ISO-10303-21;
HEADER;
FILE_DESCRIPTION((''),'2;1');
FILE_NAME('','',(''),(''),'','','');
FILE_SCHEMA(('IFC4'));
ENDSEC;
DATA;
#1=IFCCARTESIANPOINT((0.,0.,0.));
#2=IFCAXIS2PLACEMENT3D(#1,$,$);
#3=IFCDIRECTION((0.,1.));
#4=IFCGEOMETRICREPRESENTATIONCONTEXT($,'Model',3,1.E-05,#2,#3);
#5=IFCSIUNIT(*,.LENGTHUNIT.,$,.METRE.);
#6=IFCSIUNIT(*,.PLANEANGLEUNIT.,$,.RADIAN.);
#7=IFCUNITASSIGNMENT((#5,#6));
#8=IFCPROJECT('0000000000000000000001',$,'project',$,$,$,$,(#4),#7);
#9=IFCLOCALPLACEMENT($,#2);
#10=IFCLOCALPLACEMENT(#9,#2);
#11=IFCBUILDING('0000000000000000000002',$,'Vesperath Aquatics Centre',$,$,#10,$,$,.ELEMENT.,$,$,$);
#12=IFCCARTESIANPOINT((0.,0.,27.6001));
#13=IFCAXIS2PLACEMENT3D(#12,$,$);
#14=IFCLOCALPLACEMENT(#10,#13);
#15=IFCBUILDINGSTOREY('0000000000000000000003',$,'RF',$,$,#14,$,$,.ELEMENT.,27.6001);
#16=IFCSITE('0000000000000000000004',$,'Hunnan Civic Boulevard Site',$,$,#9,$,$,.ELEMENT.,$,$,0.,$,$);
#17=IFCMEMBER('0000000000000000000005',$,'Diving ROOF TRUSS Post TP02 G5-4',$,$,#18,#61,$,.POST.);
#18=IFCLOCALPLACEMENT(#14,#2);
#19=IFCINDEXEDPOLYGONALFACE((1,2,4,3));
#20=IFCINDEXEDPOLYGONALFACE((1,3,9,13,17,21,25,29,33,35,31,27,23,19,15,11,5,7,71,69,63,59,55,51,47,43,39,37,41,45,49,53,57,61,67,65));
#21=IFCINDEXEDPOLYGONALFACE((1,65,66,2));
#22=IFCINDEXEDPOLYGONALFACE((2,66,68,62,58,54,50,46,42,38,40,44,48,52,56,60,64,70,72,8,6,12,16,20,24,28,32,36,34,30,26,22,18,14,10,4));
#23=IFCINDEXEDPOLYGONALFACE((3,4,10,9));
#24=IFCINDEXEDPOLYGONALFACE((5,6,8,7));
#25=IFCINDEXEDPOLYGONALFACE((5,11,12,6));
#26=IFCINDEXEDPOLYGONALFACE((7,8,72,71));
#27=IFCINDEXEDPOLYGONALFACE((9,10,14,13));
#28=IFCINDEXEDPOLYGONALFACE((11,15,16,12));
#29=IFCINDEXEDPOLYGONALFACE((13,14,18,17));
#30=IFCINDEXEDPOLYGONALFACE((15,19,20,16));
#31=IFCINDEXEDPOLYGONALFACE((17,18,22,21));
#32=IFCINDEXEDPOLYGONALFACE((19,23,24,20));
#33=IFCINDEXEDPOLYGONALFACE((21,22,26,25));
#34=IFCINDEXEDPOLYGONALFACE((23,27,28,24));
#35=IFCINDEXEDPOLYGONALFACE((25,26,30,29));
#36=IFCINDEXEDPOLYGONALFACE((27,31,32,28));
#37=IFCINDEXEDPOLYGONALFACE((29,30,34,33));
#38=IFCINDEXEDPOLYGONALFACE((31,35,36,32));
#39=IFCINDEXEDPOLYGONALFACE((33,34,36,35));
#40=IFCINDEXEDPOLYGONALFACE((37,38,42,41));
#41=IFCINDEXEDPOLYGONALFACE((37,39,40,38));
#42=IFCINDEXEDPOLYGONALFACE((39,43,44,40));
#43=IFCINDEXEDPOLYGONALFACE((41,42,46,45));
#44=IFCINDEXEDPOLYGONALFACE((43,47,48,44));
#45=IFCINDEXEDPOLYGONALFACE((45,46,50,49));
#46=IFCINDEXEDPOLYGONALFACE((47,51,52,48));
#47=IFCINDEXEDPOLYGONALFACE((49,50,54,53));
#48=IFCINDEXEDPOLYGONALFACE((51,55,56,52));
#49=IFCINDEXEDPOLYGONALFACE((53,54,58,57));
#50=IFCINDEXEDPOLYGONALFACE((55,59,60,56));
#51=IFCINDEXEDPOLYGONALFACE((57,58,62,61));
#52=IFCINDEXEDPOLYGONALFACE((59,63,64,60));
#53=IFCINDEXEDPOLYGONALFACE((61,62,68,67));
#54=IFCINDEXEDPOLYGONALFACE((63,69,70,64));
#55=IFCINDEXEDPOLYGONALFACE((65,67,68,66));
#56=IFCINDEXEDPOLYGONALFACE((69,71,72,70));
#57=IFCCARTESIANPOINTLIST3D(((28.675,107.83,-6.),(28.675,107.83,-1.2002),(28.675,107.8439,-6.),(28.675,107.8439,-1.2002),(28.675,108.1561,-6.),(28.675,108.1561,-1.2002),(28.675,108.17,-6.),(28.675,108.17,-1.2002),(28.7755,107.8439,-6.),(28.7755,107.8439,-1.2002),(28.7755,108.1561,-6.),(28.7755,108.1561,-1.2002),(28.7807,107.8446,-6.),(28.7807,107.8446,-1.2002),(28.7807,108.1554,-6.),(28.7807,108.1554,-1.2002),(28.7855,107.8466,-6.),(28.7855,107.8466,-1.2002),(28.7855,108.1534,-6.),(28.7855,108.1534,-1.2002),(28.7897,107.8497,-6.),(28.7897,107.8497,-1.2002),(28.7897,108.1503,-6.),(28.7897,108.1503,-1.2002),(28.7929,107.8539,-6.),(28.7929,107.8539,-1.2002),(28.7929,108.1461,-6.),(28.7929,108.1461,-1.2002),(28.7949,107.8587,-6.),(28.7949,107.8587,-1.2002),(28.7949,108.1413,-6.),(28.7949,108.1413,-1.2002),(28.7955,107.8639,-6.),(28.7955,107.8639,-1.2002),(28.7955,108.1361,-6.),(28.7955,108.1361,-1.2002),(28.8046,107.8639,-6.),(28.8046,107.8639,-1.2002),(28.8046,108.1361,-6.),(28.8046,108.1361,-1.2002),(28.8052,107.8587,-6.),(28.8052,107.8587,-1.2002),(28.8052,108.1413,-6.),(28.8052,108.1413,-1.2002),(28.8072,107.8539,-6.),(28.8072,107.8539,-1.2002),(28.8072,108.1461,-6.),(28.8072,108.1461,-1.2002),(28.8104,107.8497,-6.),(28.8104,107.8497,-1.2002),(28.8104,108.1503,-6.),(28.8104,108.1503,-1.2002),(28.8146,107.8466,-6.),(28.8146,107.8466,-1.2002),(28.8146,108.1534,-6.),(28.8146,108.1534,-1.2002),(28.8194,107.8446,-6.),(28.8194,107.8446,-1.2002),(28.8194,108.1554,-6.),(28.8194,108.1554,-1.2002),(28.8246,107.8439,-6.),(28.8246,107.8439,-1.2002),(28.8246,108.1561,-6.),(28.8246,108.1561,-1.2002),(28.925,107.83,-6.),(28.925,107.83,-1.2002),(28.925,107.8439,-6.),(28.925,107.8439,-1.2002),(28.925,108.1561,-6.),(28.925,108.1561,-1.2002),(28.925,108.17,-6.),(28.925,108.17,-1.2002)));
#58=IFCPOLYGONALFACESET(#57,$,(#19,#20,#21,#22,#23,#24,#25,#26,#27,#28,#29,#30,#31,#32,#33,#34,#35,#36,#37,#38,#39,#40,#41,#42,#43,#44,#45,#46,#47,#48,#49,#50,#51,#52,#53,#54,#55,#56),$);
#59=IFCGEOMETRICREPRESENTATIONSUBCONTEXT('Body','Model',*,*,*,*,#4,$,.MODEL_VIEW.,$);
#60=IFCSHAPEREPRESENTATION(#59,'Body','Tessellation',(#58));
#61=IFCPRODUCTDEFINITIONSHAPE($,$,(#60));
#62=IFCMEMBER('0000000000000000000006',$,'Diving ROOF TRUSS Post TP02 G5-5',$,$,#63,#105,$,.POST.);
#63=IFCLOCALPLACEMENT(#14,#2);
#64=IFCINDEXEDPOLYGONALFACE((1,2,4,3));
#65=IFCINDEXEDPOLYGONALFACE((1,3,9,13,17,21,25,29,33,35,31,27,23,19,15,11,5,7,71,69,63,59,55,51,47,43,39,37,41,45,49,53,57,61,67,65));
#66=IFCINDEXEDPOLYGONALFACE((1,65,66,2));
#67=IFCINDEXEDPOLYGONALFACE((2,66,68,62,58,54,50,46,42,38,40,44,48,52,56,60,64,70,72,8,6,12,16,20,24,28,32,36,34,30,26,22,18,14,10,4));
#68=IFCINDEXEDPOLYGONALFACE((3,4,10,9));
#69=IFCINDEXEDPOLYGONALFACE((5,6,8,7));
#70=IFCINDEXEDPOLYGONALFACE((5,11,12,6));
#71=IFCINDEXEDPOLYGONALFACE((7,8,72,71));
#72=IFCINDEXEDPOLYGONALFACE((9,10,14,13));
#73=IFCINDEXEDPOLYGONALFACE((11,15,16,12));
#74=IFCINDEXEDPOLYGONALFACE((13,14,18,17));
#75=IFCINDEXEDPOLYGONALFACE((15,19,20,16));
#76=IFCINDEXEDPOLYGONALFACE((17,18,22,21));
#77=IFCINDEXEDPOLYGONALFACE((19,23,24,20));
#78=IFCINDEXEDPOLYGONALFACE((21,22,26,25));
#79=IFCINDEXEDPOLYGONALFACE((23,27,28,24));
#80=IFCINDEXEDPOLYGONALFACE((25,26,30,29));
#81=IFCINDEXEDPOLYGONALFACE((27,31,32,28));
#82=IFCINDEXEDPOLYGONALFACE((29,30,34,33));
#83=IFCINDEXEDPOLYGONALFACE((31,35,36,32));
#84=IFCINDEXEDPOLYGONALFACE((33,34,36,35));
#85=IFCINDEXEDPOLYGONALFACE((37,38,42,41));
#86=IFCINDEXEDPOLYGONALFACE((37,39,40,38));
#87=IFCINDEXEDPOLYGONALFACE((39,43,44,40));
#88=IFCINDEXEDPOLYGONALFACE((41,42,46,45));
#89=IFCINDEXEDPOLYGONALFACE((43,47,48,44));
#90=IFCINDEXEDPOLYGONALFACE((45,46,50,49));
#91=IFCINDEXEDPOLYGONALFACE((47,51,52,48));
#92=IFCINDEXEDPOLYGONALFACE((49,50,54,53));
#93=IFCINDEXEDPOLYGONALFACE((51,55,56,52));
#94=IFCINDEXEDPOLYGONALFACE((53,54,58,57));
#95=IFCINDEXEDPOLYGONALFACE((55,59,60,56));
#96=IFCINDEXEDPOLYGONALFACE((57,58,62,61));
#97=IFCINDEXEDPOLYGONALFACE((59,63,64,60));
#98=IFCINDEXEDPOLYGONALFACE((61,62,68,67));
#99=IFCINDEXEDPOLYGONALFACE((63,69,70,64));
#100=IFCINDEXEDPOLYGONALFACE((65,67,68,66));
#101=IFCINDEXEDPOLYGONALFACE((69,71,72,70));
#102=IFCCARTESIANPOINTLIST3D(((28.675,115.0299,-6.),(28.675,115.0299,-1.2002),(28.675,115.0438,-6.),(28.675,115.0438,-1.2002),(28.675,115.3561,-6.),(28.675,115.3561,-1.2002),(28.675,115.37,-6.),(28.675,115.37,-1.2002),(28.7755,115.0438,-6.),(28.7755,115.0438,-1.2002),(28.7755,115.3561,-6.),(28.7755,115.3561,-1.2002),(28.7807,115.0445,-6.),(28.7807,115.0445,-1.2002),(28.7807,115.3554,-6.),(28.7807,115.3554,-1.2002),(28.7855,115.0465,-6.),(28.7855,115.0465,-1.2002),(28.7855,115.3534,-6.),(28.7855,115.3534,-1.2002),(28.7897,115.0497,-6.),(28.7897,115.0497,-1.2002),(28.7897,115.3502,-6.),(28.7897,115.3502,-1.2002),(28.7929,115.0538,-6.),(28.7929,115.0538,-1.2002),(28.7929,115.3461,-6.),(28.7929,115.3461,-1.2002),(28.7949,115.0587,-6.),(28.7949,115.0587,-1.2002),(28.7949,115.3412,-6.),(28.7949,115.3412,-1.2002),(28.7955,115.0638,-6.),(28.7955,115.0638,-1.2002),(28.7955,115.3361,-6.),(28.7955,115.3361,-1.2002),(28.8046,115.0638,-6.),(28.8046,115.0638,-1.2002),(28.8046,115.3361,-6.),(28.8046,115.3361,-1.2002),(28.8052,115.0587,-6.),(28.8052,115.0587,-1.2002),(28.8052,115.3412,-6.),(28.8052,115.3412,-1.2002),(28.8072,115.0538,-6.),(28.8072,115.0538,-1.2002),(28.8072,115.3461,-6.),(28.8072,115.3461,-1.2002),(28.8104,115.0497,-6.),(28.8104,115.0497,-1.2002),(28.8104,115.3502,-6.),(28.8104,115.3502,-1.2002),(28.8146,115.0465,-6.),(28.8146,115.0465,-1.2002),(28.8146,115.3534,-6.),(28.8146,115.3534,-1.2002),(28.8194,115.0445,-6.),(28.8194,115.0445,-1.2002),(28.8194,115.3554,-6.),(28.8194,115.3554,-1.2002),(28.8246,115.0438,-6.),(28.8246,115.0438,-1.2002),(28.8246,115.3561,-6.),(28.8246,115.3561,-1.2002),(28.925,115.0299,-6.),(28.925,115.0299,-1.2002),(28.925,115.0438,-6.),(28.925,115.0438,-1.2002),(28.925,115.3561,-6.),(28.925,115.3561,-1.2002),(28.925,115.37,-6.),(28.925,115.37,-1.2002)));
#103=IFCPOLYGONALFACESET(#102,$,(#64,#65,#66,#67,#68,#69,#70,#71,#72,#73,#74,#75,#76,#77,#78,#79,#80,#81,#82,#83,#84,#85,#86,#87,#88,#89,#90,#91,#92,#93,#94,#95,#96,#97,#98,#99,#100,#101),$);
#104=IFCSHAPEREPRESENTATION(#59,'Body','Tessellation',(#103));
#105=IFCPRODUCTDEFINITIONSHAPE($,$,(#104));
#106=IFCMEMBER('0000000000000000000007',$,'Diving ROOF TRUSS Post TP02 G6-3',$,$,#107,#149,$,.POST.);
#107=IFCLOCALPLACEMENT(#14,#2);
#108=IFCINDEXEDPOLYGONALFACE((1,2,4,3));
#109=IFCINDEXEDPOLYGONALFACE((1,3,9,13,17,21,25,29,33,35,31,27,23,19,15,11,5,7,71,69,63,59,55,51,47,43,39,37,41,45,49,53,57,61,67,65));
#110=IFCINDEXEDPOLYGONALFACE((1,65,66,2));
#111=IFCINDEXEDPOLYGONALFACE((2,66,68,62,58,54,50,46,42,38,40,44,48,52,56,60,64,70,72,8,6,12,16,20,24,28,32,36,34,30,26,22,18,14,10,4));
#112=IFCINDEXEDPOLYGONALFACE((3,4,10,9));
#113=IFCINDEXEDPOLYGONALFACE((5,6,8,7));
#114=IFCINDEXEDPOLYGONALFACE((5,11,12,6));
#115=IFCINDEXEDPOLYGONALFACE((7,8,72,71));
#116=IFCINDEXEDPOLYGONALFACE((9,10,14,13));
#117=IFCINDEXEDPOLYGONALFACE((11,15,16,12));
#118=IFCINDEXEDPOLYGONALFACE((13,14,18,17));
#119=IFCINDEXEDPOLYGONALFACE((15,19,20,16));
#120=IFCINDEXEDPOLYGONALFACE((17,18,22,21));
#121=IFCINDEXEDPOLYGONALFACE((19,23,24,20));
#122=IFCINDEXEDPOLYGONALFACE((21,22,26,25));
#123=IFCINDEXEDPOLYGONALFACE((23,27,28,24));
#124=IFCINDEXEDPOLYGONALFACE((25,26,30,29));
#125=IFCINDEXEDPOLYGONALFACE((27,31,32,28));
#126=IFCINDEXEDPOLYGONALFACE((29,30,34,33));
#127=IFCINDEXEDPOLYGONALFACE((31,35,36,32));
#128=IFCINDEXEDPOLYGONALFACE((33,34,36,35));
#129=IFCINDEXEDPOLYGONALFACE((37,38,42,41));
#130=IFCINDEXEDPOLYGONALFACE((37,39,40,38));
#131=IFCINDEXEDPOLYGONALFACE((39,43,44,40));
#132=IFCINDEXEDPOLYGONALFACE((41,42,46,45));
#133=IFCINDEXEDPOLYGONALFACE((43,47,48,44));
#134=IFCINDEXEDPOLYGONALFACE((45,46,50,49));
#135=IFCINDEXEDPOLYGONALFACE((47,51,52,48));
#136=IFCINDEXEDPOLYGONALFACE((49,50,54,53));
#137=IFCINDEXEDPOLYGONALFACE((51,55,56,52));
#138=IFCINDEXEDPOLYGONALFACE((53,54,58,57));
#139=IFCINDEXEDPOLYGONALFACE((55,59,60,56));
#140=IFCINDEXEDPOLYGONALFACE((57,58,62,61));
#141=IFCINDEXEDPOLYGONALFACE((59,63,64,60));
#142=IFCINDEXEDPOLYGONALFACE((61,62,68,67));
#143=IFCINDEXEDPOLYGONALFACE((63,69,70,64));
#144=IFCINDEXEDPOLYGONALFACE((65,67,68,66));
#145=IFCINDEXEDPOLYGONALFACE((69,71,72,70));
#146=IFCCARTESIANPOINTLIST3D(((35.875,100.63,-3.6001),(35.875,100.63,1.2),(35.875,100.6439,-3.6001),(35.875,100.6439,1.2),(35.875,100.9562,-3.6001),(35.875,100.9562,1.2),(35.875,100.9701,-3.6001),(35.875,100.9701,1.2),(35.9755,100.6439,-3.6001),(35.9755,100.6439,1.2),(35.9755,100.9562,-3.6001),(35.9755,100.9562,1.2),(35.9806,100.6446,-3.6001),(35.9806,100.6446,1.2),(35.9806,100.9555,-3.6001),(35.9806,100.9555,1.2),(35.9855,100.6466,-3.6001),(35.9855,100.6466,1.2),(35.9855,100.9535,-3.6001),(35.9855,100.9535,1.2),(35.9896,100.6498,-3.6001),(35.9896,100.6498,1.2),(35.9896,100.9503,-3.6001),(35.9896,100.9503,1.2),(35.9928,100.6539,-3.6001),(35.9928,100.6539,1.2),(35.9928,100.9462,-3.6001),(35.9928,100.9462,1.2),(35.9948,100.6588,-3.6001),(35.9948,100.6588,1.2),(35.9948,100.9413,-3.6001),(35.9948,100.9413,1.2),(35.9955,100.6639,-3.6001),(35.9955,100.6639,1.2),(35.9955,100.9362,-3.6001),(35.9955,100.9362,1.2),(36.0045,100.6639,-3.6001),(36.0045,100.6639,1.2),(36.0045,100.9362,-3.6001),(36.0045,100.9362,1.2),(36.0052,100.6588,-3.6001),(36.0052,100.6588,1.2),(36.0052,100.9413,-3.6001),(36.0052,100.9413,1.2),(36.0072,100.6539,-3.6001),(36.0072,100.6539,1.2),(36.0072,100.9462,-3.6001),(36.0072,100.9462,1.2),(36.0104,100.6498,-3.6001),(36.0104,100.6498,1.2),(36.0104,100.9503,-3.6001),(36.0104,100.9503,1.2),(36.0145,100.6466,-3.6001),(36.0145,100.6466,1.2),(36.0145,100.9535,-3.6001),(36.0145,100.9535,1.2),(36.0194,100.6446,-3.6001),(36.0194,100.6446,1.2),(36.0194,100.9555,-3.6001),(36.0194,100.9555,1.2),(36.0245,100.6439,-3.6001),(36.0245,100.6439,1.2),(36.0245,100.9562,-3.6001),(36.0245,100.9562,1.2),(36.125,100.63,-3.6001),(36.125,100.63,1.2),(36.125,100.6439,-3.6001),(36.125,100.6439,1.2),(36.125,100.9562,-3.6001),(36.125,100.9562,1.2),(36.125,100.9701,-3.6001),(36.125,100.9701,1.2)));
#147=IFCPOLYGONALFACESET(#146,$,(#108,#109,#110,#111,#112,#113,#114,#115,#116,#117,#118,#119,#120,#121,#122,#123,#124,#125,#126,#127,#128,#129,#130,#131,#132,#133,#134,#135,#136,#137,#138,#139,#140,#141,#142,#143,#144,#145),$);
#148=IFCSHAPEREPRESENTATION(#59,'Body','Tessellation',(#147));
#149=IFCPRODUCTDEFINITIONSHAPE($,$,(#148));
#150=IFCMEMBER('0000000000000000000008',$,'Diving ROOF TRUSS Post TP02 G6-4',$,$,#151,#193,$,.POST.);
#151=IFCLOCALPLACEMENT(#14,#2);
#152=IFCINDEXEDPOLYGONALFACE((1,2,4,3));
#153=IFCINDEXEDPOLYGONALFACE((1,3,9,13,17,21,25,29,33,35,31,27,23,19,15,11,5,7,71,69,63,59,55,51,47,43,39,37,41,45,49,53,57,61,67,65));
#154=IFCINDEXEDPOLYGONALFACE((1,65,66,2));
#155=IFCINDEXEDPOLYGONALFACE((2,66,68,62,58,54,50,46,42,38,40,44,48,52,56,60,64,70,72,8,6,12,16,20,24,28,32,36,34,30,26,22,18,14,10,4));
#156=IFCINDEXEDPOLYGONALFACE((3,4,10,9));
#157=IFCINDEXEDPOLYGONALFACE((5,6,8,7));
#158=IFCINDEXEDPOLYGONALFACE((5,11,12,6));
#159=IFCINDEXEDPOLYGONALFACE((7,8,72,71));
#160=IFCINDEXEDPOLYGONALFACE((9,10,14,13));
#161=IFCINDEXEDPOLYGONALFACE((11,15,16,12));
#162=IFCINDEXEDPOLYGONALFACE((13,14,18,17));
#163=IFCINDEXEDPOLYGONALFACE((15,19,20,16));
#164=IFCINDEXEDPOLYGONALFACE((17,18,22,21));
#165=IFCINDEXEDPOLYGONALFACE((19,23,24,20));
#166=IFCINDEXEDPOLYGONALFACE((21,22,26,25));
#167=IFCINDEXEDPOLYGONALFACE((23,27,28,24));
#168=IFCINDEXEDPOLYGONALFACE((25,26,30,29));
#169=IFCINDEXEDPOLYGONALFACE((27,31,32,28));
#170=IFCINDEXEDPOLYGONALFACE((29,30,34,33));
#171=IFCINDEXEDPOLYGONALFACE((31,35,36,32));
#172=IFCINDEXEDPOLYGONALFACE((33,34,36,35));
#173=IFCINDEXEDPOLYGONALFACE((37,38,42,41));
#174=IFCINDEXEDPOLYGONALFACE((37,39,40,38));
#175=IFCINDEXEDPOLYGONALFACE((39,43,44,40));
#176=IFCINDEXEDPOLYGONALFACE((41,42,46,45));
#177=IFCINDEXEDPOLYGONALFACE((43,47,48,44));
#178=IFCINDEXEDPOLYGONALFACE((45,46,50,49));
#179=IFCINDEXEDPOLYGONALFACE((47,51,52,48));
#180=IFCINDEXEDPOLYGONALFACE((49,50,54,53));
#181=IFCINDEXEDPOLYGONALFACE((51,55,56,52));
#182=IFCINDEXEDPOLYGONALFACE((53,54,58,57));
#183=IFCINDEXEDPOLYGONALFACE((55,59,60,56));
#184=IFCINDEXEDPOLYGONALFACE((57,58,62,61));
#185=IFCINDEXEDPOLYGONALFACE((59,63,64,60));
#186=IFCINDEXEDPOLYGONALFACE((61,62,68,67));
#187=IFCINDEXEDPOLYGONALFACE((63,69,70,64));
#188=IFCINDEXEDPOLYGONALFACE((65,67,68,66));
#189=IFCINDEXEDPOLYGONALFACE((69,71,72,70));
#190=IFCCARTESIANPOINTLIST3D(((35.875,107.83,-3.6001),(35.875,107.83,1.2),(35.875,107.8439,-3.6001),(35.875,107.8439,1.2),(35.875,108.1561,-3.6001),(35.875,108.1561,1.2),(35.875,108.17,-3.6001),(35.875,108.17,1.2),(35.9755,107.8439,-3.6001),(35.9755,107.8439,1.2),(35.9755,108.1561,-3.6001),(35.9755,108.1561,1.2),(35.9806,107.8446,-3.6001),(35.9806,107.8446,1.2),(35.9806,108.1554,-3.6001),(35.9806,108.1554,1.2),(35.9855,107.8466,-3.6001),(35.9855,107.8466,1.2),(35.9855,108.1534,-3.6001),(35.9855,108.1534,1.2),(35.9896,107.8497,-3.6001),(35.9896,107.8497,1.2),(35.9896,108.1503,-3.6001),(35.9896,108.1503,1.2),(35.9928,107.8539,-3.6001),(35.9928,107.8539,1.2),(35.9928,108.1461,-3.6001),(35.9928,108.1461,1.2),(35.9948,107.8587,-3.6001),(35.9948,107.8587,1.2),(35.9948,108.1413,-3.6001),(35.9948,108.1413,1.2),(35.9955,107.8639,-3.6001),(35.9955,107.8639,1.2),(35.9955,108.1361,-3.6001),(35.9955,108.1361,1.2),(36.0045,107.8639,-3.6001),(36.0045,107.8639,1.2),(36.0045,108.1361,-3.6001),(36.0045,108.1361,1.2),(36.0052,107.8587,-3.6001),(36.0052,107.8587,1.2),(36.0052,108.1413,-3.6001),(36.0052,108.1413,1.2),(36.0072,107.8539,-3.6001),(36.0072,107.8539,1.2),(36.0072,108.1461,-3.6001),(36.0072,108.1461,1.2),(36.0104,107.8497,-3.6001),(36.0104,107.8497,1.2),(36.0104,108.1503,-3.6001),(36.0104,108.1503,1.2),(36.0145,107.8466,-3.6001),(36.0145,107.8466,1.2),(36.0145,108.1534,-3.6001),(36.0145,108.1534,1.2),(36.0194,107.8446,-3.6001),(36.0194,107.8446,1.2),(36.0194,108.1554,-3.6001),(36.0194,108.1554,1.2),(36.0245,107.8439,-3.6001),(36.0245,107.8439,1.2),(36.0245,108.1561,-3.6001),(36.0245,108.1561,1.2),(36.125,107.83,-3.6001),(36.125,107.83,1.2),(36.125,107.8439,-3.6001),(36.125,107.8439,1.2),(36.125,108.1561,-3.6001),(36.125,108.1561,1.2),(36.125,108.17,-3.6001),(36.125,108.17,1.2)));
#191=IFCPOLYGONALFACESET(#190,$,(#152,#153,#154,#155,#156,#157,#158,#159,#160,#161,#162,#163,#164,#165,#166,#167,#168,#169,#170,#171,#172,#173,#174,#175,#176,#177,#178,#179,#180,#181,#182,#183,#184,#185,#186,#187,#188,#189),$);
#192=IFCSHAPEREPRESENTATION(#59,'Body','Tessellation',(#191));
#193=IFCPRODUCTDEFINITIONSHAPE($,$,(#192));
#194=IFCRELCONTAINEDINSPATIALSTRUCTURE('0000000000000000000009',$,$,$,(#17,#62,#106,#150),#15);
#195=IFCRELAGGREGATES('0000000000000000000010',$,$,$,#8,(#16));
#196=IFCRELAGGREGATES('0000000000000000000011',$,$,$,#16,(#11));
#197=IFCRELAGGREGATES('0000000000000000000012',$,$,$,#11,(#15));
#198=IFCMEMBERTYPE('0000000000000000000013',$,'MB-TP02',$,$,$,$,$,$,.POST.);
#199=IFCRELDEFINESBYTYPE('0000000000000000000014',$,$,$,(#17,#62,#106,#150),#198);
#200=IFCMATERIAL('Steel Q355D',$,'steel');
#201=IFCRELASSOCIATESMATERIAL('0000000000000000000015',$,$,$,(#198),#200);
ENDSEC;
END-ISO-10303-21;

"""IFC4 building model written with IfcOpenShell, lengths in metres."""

from ifc_helpers import new_model, si_unit, direction, frame, origin, origin_2d, place, context, subcontext, project, spatial, i_section, extrude, material, material_profile, profile_set, type_object, element, save


model = new_model("IFC4")

# Units and contexts
model_context = context("Model", 3, precision=1e-05, world=origin(), true_north=direction((0.0, 1.0)))
body_context = subcontext(model_context, "Body", "Model", "MODEL_VIEW")
ifc_project = project(units=[si_unit("LENGTHUNIT", "METRE"), si_unit("PLANEANGLEUNIT", "RADIAN")], contexts=[model_context])

# Site, building, storey
site_placement = place(None, origin())
site = spatial("IfcSite", under=ifc_project, at=site_placement, Name="Hunnan Civic Boulevard Site", CompositionType="ELEMENT", RefElevation=0.0)
building_placement = place(site_placement, origin())
building = spatial("IfcBuilding", under=site, at=building_placement, Name="Vesperath Aquatics Centre", CompositionType="ELEMENT")
storey_placement = place(building_placement, frame((0.0, 0.0, 27.6001)))
storey = spatial("IfcBuildingStorey", under=building, at=storey_placement, Name="RF", CompositionType="ELEMENT", Elevation=27.6001)

# Members
ifc_material_1 = material(Name="Steel Q355D", Category="steel")
ifc_material_profile_1 = material_profile(ifc_material_1, i_section(OverallWidth=0.25, OverallDepth=0.3401, WebThickness=0.009, FlangeThickness=0.0139, FilletRadius=0.02, at=origin_2d()), Name="HM 340x250x9x14")
ifc_profile_set_1 = profile_set([ifc_material_profile_1], Name="Steel Q355D")
member_type_1 = type_object("IfcMemberType", Name="MB-TP02", PredefinedType="POST", material=ifc_profile_set_1)
for number, where, z_axis, x_axis, name in (
    (1, (28.8, 108.0, -6.0), (0.0, 0.0, 1.0), (1.0, 0.0, 0.0), "Diving ROOF TRUSS Post TP02 G5-4"),
    (2, (28.8, 115.2, -6.0), (0.0, 0.0, 1.0), (1.0, 0.0, 0.0), "Diving ROOF TRUSS Post TP02 G5-5"),
):
    element("IfcMember", number, at=place(storey_placement, frame(where, z_axis=z_axis, x_axis=x_axis)), inside=storey, type_object=member_type_1, Name=name, PredefinedType="POST", context=body_context, shape_type="SweptSolid", body=[
        extrude(i_section(OverallWidth=0.25, OverallDepth=0.3401, WebThickness=0.009, FlangeThickness=0.0139, FilletRadius=0.02, at=origin_2d()), origin(), (0.0, 0.0, 1.0), 4.7998),
    ])
for number, where, z_axis, x_axis, name in (
    (3, (36.0, 100.8, -3.6001), (0.0, 0.0, 1.0), (1.0, 0.0, 0.0), "Diving ROOF TRUSS Post TP02 G6-3"),
    (4, (36.0, 108.0, -3.6001), (0.0, 0.0, 1.0), (1.0, 0.0, 0.0), "Diving ROOF TRUSS Post TP02 G6-4"),
):
    element("IfcMember", number, at=place(storey_placement, frame(where, z_axis=z_axis, x_axis=x_axis)), inside=storey, type_object=member_type_1, Name=name, PredefinedType="POST", context=body_context, shape_type="SweptSolid", body=[
        extrude(i_section(OverallWidth=0.25, OverallDepth=0.3401, WebThickness=0.009, FlangeThickness=0.0139, FilletRadius=0.02, at=origin_2d()), origin(), (0.0, 0.0, 1.0), 4.8),
    ])

save(model, "model.ifc")
